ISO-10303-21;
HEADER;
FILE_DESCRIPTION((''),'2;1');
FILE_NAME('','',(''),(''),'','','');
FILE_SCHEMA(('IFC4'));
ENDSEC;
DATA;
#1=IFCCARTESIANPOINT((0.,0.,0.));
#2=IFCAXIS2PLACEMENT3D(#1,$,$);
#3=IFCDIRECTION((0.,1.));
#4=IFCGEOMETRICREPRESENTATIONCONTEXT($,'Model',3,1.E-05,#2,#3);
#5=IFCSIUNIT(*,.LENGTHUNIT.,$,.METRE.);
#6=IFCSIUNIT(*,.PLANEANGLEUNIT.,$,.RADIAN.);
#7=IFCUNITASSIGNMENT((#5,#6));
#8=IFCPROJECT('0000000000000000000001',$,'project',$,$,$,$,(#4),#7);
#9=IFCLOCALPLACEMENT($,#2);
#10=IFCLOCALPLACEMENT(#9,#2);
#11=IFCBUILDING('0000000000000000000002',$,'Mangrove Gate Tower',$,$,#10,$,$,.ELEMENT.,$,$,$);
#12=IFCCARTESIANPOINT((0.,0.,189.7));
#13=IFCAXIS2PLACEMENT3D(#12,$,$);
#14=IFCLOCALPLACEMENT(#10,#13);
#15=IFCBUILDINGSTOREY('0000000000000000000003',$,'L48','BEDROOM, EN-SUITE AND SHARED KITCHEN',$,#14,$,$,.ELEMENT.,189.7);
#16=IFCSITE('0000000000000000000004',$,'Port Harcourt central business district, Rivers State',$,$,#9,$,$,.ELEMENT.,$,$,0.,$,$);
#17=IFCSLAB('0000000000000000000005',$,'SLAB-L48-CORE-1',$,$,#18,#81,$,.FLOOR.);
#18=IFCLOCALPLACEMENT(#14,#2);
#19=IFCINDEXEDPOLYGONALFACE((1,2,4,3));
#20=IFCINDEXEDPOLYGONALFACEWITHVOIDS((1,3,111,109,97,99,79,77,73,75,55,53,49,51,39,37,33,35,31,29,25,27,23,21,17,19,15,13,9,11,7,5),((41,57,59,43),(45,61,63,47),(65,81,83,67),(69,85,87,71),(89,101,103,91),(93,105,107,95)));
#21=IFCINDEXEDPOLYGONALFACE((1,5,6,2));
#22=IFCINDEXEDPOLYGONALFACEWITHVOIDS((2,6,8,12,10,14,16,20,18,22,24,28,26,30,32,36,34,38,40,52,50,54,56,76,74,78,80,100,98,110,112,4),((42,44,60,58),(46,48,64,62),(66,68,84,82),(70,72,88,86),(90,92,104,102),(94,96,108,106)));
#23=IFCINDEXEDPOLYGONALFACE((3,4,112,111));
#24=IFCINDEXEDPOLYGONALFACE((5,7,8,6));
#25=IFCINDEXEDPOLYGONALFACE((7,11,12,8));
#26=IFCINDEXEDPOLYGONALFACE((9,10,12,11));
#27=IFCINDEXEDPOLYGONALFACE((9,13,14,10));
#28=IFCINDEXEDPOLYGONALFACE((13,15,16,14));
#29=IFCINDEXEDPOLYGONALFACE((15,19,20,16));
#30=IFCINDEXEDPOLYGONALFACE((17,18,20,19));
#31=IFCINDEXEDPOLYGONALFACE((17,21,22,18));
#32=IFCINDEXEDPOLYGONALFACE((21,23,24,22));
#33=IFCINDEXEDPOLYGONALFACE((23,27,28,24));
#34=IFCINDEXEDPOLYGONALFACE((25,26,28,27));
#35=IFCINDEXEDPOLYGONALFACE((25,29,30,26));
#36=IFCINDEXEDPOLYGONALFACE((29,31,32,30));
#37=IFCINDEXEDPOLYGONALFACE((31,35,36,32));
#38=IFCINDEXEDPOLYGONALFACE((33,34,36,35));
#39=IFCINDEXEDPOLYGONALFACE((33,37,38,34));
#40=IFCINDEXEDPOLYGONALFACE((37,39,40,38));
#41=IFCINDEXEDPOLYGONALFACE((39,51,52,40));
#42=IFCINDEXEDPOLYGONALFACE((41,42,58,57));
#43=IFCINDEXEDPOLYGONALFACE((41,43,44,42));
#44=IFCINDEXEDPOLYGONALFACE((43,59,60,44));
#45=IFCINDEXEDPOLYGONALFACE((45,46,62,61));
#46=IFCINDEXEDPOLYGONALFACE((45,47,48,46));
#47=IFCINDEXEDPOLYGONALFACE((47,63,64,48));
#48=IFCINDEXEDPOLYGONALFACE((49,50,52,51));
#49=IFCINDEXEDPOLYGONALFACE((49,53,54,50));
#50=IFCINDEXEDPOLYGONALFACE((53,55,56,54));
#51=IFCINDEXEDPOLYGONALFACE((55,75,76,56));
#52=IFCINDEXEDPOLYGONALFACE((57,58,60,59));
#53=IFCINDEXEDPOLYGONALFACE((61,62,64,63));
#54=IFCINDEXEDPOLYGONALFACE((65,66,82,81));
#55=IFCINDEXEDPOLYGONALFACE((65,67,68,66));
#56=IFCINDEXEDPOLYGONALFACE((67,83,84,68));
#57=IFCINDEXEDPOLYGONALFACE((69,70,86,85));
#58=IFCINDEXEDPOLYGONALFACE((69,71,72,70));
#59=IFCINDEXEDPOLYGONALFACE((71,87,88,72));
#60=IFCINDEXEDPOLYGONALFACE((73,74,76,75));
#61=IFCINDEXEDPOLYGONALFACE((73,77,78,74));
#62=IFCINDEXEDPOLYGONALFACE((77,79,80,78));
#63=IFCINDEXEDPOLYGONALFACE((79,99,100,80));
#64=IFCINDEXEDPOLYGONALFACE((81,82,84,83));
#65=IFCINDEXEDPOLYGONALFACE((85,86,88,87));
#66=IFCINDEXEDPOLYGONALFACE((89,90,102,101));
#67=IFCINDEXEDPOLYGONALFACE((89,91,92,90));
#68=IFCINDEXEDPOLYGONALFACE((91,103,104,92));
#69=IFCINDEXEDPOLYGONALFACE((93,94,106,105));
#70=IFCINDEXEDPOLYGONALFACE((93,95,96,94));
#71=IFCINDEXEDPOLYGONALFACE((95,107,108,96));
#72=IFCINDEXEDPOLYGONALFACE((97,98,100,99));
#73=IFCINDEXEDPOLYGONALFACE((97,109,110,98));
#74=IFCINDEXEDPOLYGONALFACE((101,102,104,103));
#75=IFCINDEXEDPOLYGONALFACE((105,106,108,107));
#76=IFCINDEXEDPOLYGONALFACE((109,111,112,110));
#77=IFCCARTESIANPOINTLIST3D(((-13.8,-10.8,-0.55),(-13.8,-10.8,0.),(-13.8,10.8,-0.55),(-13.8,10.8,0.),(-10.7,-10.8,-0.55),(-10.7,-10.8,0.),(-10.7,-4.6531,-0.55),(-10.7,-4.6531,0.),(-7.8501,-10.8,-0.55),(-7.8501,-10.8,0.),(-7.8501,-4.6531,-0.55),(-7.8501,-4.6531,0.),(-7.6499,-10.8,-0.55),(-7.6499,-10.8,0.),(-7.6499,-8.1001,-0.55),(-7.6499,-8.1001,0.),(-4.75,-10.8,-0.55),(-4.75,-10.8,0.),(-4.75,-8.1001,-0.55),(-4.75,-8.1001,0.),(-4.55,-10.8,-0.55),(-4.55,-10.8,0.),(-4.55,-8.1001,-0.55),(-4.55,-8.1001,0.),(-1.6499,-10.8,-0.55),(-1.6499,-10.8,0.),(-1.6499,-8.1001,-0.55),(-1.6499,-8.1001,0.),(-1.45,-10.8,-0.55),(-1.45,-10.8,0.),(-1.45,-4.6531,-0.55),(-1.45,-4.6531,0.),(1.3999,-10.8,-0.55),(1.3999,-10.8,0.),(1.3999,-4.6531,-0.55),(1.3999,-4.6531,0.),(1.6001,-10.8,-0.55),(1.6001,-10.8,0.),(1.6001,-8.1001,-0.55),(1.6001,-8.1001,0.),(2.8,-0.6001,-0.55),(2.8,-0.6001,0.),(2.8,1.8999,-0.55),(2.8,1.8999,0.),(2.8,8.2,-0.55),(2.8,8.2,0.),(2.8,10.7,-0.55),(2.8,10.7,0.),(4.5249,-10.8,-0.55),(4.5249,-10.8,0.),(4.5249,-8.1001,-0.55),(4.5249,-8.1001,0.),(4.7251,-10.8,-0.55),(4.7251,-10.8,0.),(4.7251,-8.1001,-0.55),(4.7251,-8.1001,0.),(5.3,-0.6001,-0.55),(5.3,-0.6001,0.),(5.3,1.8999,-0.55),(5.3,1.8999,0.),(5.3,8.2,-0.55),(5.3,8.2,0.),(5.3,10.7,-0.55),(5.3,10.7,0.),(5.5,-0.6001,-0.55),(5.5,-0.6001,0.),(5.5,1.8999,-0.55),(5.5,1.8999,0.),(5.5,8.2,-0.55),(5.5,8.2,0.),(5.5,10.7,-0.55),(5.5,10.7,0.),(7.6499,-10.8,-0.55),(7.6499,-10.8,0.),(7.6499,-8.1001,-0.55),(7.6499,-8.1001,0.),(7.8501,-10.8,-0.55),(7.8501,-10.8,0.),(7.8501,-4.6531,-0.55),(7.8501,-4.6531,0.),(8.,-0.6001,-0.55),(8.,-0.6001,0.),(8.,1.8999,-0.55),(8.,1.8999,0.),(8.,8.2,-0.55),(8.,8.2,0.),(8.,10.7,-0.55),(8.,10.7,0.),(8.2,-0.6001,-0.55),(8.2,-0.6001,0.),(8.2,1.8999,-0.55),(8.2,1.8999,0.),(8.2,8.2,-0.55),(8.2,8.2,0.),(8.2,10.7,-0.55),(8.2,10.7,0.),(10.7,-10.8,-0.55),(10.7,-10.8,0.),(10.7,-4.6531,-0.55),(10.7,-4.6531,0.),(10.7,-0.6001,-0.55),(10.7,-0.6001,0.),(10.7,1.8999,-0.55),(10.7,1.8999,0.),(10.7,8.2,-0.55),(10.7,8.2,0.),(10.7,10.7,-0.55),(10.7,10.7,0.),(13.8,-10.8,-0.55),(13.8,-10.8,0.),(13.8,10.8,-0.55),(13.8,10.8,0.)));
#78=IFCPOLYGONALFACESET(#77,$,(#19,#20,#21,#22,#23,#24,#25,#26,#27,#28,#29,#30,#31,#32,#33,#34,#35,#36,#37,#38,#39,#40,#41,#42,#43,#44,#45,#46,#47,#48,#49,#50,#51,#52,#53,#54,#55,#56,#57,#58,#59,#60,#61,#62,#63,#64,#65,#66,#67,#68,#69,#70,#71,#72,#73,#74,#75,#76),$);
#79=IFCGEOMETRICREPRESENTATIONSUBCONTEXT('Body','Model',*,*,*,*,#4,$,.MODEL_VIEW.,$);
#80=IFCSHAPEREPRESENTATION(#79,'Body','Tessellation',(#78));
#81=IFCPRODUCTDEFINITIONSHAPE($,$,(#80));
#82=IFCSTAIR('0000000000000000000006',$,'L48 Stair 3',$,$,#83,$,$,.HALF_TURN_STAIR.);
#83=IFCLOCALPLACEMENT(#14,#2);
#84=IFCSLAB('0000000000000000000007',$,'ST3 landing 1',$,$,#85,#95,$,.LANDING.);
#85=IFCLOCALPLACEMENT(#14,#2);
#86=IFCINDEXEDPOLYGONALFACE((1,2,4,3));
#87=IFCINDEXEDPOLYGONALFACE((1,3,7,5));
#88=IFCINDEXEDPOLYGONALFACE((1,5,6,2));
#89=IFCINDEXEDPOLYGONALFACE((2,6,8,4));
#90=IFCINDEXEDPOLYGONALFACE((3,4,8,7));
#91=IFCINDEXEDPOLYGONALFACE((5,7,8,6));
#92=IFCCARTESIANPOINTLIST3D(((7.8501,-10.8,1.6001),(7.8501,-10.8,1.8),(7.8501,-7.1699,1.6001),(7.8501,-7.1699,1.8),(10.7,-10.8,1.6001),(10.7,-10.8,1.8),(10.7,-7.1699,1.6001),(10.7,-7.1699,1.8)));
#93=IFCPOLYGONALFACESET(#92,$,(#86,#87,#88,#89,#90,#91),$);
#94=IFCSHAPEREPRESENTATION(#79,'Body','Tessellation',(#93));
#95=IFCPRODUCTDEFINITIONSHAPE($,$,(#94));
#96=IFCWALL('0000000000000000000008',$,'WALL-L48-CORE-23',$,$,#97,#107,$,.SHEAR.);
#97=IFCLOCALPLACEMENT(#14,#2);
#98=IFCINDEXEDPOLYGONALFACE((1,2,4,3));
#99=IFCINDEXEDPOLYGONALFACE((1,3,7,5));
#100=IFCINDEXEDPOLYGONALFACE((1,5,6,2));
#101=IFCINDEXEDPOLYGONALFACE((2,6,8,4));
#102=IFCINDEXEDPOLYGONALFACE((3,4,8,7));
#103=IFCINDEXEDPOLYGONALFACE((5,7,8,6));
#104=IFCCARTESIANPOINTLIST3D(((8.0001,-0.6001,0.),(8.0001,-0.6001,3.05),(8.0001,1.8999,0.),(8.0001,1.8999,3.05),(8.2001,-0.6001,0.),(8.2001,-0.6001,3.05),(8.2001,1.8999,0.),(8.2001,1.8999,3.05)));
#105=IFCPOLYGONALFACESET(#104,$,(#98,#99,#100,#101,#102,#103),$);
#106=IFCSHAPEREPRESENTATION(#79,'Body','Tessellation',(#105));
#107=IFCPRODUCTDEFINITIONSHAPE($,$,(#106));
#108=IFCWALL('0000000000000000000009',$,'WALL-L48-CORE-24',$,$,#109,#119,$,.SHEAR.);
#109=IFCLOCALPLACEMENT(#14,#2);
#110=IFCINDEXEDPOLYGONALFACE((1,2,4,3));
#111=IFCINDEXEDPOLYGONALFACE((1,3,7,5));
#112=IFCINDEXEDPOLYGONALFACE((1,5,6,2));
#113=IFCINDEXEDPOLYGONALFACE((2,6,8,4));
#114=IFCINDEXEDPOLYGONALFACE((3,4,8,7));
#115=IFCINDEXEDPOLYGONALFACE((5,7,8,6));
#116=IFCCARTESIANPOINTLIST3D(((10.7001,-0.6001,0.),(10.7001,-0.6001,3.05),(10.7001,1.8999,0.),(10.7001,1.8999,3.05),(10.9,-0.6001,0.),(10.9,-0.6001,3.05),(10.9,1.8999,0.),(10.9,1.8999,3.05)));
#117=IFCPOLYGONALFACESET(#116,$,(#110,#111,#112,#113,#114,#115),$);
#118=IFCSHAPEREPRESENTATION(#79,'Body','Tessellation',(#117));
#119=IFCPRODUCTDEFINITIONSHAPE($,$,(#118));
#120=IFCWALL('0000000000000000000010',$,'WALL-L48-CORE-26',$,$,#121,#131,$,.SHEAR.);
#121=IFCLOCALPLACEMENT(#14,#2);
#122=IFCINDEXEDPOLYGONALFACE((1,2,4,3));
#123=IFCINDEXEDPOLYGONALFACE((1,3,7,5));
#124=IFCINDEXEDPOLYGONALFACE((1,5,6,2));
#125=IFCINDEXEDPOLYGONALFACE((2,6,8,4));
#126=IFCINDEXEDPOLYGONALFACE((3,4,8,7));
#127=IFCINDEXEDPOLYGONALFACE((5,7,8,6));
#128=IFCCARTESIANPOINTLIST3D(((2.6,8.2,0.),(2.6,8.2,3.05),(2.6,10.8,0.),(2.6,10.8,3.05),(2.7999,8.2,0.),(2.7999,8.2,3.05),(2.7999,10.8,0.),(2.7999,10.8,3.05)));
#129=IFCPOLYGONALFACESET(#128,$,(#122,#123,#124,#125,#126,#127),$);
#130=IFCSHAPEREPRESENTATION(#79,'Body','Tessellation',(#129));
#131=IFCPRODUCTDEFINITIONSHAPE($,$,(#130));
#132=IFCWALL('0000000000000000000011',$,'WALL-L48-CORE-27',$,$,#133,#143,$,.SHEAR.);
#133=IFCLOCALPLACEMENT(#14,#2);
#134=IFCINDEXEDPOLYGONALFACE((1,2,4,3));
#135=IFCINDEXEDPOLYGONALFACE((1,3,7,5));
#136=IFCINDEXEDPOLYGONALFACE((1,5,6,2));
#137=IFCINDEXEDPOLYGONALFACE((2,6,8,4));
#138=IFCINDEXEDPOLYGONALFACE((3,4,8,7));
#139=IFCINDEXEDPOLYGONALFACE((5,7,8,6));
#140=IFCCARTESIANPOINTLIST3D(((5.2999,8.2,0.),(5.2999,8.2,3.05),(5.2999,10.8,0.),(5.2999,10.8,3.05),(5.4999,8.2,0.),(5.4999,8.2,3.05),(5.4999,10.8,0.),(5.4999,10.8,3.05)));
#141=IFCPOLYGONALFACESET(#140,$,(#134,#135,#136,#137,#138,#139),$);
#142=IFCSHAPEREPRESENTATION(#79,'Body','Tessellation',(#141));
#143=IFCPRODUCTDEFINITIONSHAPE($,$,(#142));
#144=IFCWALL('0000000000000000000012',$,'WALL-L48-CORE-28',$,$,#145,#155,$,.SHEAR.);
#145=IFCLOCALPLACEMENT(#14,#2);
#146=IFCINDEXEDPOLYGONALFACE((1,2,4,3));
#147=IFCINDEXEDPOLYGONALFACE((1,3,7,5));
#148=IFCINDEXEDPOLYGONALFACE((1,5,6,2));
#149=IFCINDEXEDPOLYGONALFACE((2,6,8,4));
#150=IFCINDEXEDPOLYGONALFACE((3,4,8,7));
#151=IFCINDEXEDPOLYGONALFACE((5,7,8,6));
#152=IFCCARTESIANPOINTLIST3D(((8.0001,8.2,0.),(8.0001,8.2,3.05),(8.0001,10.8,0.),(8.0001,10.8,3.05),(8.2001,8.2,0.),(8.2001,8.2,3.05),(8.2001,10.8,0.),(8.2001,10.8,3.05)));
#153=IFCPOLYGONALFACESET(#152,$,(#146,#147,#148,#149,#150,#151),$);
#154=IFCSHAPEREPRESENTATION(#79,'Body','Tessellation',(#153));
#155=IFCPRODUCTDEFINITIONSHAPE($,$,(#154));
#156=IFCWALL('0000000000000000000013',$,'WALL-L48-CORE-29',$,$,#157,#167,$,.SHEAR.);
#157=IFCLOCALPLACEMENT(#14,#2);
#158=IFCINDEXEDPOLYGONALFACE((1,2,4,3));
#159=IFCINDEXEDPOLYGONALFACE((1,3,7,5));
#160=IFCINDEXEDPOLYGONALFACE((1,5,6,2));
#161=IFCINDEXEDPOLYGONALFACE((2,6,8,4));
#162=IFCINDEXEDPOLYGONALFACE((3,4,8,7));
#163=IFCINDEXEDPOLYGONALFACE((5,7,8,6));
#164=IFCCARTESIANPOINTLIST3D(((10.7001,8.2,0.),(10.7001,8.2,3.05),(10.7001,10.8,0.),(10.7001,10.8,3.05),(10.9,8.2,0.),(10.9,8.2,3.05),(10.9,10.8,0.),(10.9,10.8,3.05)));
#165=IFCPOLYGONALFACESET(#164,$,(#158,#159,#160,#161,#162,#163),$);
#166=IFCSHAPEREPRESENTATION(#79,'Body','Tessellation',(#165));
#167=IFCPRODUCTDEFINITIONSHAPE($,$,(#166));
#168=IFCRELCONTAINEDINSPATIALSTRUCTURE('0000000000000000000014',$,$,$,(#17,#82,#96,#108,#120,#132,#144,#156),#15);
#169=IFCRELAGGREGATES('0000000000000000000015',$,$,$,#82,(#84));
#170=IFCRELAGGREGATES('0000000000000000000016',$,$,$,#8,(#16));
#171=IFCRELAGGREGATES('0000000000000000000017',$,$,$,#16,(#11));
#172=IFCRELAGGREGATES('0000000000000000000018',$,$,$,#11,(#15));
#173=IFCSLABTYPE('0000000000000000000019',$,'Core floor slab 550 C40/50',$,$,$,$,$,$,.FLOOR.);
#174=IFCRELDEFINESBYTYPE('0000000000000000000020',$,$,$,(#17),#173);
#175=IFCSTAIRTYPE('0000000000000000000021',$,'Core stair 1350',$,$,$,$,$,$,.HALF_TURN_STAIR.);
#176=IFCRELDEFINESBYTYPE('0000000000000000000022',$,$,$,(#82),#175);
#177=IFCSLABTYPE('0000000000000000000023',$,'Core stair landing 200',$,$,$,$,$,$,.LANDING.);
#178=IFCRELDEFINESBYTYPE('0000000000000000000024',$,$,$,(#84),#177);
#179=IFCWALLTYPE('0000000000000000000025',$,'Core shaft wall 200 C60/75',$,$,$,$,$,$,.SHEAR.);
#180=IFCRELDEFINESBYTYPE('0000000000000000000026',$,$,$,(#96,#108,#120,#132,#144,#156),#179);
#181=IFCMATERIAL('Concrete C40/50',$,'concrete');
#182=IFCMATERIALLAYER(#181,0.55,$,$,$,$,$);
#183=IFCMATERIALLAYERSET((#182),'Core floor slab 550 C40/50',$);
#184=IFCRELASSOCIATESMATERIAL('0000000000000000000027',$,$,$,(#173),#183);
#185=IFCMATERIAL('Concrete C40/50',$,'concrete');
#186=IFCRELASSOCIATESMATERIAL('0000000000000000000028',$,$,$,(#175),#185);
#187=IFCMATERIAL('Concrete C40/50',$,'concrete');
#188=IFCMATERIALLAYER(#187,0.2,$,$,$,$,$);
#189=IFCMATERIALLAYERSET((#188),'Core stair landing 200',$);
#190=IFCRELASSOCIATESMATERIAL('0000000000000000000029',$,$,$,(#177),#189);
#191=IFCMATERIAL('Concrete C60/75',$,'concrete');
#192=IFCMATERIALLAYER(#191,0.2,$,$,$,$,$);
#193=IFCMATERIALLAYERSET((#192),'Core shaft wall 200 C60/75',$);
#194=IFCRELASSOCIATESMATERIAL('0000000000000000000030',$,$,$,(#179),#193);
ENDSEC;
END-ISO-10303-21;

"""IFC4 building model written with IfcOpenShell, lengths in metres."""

from ifc_helpers import new_model, si_unit, direction, frame, frame_2d, origin, place, context, subcontext, project, spatial, polyline, rectangle, outline, extrude, material, layer, layer_set, type_object, element, aggregate, save


model = new_model("IFC4")

# Units and contexts
model_context = context("Model", 3, precision=1e-05, world=origin(), true_north=direction((0.0, 1.0)))
body_context = subcontext(model_context, "Body", "Model", "MODEL_VIEW")
ifc_project = project(units=[si_unit("LENGTHUNIT", "METRE"), si_unit("PLANEANGLEUNIT", "RADIAN")], contexts=[model_context])

# Site, building, storey
site_placement = place(None, origin())
site = spatial("IfcSite", under=ifc_project, at=site_placement, Name="Port Harcourt central business district, Rivers State", CompositionType="ELEMENT", RefElevation=0.0)
building_placement = place(site_placement, origin())
building = spatial("IfcBuilding", under=site, at=building_placement, Name="Mangrove Gate Tower", CompositionType="ELEMENT")
storey_placement = place(building_placement, frame((0.0, 0.0, 189.7)))
storey = spatial("IfcBuildingStorey", under=building, at=storey_placement, Name="L48", Description="BEDROOM, EN-SUITE AND SHARED KITCHEN", CompositionType="ELEMENT", Elevation=189.7)

# Slab
ifc_material_1 = material(Name="Concrete C40/50", Category="concrete")
ifc_layer_1 = layer(ifc_material_1, 0.55)
ifc_layer_set_1 = layer_set([ifc_layer_1], Name="Core floor slab 550 C40/50")
slab_type_1 = type_object("IfcSlabType", Name="Core floor slab 550 C40/50", PredefinedType="FLOOR", material=ifc_layer_set_1)
slab_1_placement = place(storey_placement, frame((0.0, 0.0, -0.55)))
element("IfcSlab", 1, at=slab_1_placement, inside=storey, type_object=slab_type_1, Name="SLAB-L48-CORE-1", PredefinedType="FLOOR", context=body_context, shape_type="SweptSolid", body=[
    extrude(outline(polyline([(-13.8, -10.8), (-13.8, 10.8), (13.8, 10.8), (13.8, -10.8), (10.7, -10.8), (10.7, -4.6531), (7.8501, -4.6531), (7.8501, -10.8), (7.6499, -10.8), (7.6499, -8.1001), (4.7251, -8.1001), (4.7251, -10.8), (4.5249, -10.8), (4.5249, -8.1001), (1.6001, -8.1001), (1.6001, -10.8), (1.3999, -10.8), (1.3999, -4.6531), (-1.45, -4.6531), (-1.45, -10.8), (-1.6499, -10.8), (-1.6499, -8.1001), (-4.55, -8.1001), (-4.55, -10.8), (-4.75, -10.8), (-4.75, -8.1001), (-7.6499, -8.1001), (-7.6499, -10.8), (-7.8501, -10.8), (-7.8501, -4.6531), (-10.7, -4.6531), (-10.7, -10.8), (-13.8, -10.8)]), holes=[polyline([(5.3, -0.6001), (5.3, 1.8999), (2.8, 1.8999), (2.8, -0.6001), (5.3, -0.6001)]), polyline([(5.3, 10.7), (2.8, 10.7), (2.8, 8.2), (5.3, 8.2), (5.3, 10.7)]), polyline([(8.0, -0.6001), (8.0, 1.8999), (5.5, 1.8999), (5.5, -0.6001), (8.0, -0.6001)]), polyline([(10.7, -0.6001), (10.7, 1.8999), (8.2, 1.8999), (8.2, -0.6001), (10.7, -0.6001)]), polyline([(8.0, 8.2), (8.0, 10.7), (5.5, 10.7), (5.5, 8.2), (8.0, 8.2)]), polyline([(10.7, 8.2), (10.7, 10.7), (8.2, 10.7), (8.2, 8.2), (10.7, 8.2)])]), origin(), (0.0, 0.0, 1.0), 0.55),
])

# Stair, slab
ifc_material_2 = material(Name="Concrete C40/50", Category="concrete")
stair_type = type_object("IfcStairType", Name="Core stair 1350", PredefinedType="HALF_TURN_STAIR", material=ifc_material_2)
stair_placement = place(storey_placement, origin())
stair = element("IfcStair", 2, at=stair_placement, inside=storey, type_object=stair_type, Name="L48 Stair 3", PredefinedType="HALF_TURN_STAIR")
ifc_material_3 = material(Name="Concrete C40/50", Category="concrete")
ifc_layer_2 = layer(ifc_material_3, 0.2)
ifc_layer_set_2 = layer_set([ifc_layer_2], Name="Core stair landing 200")
slab_type_2 = type_object("IfcSlabType", Name="Core stair landing 200", PredefinedType="LANDING", material=ifc_layer_set_2)
slab_2_placement = place(storey_placement, frame((0.0, 0.0, 1.6001)))
slab_2 = element("IfcSlab", 3, at=slab_2_placement, type_object=slab_type_2, Name="ST3 landing 1", PredefinedType="LANDING", context=body_context, shape_type="SweptSolid", body=[
    extrude(outline(polyline([(7.8501, -7.1699), (7.8501, -10.8), (10.7, -10.8), (10.7, -7.1699), (7.8501, -7.1699)])), origin(), (0.0, 0.0, 1.0), 0.2),
])
aggregate(stair, [slab_2])

# Walls
ifc_material_4 = material(Name="Concrete C60/75", Category="concrete")
ifc_layer_3 = layer(ifc_material_4, 0.2)
ifc_layer_set_3 = layer_set([ifc_layer_3], Name="Core shaft wall 200 C60/75")
wall_type_1 = type_object("IfcWallType", Name="Core shaft wall 200 C60/75", PredefinedType="SHEAR", material=ifc_layer_set_3)
for number, where, z_axis, x_axis, name in (
    (4, (8.1001, -0.6001, 0.0), (0.0, 0.0, 1.0), (0.0, 1.0, 0.0), "WALL-L48-CORE-23"),
    (5, (10.8, -0.6001, 0.0), (0.0, 0.0, 1.0), (0.0, 1.0, 0.0), "WALL-L48-CORE-24"),
):
    element("IfcWall", number, at=place(storey_placement, frame(where, z_axis=z_axis, x_axis=x_axis)), inside=storey, type_object=wall_type_1, Name=name, PredefinedType="SHEAR", context=body_context, shape_type="SweptSolid", body=[
        extrude(rectangle(XDim=2.5, YDim=0.2, at=frame_2d((1.25, 0.0))), origin(), (0.0, 0.0, 1.0), 3.05),
    ])
for number, where, z_axis, x_axis, name in (
    (6, (2.7, 8.2, 0.0), (0.0, 0.0, 1.0), (0.0, 1.0, 0.0), "WALL-L48-CORE-26"),
    (7, (5.3999, 8.2, 0.0), (0.0, 0.0, 1.0), (0.0, 1.0, 0.0), "WALL-L48-CORE-27"),
    (8, (8.1001, 8.2, 0.0), (0.0, 0.0, 1.0), (0.0, 1.0, 0.0), "WALL-L48-CORE-28"),
    (9, (10.8, 8.2, 0.0), (0.0, 0.0, 1.0), (0.0, 1.0, 0.0), "WALL-L48-CORE-29"),
):
    element("IfcWall", number, at=place(storey_placement, frame(where, z_axis=z_axis, x_axis=x_axis)), inside=storey, type_object=wall_type_1, Name=name, PredefinedType="SHEAR", context=body_context, shape_type="SweptSolid", body=[
        extrude(rectangle(XDim=2.6001, YDim=0.2, at=frame_2d((1.3, 0.0))), origin(), (0.0, 0.0, 1.0), 3.05),
    ])

save(model, "model.ifc")
